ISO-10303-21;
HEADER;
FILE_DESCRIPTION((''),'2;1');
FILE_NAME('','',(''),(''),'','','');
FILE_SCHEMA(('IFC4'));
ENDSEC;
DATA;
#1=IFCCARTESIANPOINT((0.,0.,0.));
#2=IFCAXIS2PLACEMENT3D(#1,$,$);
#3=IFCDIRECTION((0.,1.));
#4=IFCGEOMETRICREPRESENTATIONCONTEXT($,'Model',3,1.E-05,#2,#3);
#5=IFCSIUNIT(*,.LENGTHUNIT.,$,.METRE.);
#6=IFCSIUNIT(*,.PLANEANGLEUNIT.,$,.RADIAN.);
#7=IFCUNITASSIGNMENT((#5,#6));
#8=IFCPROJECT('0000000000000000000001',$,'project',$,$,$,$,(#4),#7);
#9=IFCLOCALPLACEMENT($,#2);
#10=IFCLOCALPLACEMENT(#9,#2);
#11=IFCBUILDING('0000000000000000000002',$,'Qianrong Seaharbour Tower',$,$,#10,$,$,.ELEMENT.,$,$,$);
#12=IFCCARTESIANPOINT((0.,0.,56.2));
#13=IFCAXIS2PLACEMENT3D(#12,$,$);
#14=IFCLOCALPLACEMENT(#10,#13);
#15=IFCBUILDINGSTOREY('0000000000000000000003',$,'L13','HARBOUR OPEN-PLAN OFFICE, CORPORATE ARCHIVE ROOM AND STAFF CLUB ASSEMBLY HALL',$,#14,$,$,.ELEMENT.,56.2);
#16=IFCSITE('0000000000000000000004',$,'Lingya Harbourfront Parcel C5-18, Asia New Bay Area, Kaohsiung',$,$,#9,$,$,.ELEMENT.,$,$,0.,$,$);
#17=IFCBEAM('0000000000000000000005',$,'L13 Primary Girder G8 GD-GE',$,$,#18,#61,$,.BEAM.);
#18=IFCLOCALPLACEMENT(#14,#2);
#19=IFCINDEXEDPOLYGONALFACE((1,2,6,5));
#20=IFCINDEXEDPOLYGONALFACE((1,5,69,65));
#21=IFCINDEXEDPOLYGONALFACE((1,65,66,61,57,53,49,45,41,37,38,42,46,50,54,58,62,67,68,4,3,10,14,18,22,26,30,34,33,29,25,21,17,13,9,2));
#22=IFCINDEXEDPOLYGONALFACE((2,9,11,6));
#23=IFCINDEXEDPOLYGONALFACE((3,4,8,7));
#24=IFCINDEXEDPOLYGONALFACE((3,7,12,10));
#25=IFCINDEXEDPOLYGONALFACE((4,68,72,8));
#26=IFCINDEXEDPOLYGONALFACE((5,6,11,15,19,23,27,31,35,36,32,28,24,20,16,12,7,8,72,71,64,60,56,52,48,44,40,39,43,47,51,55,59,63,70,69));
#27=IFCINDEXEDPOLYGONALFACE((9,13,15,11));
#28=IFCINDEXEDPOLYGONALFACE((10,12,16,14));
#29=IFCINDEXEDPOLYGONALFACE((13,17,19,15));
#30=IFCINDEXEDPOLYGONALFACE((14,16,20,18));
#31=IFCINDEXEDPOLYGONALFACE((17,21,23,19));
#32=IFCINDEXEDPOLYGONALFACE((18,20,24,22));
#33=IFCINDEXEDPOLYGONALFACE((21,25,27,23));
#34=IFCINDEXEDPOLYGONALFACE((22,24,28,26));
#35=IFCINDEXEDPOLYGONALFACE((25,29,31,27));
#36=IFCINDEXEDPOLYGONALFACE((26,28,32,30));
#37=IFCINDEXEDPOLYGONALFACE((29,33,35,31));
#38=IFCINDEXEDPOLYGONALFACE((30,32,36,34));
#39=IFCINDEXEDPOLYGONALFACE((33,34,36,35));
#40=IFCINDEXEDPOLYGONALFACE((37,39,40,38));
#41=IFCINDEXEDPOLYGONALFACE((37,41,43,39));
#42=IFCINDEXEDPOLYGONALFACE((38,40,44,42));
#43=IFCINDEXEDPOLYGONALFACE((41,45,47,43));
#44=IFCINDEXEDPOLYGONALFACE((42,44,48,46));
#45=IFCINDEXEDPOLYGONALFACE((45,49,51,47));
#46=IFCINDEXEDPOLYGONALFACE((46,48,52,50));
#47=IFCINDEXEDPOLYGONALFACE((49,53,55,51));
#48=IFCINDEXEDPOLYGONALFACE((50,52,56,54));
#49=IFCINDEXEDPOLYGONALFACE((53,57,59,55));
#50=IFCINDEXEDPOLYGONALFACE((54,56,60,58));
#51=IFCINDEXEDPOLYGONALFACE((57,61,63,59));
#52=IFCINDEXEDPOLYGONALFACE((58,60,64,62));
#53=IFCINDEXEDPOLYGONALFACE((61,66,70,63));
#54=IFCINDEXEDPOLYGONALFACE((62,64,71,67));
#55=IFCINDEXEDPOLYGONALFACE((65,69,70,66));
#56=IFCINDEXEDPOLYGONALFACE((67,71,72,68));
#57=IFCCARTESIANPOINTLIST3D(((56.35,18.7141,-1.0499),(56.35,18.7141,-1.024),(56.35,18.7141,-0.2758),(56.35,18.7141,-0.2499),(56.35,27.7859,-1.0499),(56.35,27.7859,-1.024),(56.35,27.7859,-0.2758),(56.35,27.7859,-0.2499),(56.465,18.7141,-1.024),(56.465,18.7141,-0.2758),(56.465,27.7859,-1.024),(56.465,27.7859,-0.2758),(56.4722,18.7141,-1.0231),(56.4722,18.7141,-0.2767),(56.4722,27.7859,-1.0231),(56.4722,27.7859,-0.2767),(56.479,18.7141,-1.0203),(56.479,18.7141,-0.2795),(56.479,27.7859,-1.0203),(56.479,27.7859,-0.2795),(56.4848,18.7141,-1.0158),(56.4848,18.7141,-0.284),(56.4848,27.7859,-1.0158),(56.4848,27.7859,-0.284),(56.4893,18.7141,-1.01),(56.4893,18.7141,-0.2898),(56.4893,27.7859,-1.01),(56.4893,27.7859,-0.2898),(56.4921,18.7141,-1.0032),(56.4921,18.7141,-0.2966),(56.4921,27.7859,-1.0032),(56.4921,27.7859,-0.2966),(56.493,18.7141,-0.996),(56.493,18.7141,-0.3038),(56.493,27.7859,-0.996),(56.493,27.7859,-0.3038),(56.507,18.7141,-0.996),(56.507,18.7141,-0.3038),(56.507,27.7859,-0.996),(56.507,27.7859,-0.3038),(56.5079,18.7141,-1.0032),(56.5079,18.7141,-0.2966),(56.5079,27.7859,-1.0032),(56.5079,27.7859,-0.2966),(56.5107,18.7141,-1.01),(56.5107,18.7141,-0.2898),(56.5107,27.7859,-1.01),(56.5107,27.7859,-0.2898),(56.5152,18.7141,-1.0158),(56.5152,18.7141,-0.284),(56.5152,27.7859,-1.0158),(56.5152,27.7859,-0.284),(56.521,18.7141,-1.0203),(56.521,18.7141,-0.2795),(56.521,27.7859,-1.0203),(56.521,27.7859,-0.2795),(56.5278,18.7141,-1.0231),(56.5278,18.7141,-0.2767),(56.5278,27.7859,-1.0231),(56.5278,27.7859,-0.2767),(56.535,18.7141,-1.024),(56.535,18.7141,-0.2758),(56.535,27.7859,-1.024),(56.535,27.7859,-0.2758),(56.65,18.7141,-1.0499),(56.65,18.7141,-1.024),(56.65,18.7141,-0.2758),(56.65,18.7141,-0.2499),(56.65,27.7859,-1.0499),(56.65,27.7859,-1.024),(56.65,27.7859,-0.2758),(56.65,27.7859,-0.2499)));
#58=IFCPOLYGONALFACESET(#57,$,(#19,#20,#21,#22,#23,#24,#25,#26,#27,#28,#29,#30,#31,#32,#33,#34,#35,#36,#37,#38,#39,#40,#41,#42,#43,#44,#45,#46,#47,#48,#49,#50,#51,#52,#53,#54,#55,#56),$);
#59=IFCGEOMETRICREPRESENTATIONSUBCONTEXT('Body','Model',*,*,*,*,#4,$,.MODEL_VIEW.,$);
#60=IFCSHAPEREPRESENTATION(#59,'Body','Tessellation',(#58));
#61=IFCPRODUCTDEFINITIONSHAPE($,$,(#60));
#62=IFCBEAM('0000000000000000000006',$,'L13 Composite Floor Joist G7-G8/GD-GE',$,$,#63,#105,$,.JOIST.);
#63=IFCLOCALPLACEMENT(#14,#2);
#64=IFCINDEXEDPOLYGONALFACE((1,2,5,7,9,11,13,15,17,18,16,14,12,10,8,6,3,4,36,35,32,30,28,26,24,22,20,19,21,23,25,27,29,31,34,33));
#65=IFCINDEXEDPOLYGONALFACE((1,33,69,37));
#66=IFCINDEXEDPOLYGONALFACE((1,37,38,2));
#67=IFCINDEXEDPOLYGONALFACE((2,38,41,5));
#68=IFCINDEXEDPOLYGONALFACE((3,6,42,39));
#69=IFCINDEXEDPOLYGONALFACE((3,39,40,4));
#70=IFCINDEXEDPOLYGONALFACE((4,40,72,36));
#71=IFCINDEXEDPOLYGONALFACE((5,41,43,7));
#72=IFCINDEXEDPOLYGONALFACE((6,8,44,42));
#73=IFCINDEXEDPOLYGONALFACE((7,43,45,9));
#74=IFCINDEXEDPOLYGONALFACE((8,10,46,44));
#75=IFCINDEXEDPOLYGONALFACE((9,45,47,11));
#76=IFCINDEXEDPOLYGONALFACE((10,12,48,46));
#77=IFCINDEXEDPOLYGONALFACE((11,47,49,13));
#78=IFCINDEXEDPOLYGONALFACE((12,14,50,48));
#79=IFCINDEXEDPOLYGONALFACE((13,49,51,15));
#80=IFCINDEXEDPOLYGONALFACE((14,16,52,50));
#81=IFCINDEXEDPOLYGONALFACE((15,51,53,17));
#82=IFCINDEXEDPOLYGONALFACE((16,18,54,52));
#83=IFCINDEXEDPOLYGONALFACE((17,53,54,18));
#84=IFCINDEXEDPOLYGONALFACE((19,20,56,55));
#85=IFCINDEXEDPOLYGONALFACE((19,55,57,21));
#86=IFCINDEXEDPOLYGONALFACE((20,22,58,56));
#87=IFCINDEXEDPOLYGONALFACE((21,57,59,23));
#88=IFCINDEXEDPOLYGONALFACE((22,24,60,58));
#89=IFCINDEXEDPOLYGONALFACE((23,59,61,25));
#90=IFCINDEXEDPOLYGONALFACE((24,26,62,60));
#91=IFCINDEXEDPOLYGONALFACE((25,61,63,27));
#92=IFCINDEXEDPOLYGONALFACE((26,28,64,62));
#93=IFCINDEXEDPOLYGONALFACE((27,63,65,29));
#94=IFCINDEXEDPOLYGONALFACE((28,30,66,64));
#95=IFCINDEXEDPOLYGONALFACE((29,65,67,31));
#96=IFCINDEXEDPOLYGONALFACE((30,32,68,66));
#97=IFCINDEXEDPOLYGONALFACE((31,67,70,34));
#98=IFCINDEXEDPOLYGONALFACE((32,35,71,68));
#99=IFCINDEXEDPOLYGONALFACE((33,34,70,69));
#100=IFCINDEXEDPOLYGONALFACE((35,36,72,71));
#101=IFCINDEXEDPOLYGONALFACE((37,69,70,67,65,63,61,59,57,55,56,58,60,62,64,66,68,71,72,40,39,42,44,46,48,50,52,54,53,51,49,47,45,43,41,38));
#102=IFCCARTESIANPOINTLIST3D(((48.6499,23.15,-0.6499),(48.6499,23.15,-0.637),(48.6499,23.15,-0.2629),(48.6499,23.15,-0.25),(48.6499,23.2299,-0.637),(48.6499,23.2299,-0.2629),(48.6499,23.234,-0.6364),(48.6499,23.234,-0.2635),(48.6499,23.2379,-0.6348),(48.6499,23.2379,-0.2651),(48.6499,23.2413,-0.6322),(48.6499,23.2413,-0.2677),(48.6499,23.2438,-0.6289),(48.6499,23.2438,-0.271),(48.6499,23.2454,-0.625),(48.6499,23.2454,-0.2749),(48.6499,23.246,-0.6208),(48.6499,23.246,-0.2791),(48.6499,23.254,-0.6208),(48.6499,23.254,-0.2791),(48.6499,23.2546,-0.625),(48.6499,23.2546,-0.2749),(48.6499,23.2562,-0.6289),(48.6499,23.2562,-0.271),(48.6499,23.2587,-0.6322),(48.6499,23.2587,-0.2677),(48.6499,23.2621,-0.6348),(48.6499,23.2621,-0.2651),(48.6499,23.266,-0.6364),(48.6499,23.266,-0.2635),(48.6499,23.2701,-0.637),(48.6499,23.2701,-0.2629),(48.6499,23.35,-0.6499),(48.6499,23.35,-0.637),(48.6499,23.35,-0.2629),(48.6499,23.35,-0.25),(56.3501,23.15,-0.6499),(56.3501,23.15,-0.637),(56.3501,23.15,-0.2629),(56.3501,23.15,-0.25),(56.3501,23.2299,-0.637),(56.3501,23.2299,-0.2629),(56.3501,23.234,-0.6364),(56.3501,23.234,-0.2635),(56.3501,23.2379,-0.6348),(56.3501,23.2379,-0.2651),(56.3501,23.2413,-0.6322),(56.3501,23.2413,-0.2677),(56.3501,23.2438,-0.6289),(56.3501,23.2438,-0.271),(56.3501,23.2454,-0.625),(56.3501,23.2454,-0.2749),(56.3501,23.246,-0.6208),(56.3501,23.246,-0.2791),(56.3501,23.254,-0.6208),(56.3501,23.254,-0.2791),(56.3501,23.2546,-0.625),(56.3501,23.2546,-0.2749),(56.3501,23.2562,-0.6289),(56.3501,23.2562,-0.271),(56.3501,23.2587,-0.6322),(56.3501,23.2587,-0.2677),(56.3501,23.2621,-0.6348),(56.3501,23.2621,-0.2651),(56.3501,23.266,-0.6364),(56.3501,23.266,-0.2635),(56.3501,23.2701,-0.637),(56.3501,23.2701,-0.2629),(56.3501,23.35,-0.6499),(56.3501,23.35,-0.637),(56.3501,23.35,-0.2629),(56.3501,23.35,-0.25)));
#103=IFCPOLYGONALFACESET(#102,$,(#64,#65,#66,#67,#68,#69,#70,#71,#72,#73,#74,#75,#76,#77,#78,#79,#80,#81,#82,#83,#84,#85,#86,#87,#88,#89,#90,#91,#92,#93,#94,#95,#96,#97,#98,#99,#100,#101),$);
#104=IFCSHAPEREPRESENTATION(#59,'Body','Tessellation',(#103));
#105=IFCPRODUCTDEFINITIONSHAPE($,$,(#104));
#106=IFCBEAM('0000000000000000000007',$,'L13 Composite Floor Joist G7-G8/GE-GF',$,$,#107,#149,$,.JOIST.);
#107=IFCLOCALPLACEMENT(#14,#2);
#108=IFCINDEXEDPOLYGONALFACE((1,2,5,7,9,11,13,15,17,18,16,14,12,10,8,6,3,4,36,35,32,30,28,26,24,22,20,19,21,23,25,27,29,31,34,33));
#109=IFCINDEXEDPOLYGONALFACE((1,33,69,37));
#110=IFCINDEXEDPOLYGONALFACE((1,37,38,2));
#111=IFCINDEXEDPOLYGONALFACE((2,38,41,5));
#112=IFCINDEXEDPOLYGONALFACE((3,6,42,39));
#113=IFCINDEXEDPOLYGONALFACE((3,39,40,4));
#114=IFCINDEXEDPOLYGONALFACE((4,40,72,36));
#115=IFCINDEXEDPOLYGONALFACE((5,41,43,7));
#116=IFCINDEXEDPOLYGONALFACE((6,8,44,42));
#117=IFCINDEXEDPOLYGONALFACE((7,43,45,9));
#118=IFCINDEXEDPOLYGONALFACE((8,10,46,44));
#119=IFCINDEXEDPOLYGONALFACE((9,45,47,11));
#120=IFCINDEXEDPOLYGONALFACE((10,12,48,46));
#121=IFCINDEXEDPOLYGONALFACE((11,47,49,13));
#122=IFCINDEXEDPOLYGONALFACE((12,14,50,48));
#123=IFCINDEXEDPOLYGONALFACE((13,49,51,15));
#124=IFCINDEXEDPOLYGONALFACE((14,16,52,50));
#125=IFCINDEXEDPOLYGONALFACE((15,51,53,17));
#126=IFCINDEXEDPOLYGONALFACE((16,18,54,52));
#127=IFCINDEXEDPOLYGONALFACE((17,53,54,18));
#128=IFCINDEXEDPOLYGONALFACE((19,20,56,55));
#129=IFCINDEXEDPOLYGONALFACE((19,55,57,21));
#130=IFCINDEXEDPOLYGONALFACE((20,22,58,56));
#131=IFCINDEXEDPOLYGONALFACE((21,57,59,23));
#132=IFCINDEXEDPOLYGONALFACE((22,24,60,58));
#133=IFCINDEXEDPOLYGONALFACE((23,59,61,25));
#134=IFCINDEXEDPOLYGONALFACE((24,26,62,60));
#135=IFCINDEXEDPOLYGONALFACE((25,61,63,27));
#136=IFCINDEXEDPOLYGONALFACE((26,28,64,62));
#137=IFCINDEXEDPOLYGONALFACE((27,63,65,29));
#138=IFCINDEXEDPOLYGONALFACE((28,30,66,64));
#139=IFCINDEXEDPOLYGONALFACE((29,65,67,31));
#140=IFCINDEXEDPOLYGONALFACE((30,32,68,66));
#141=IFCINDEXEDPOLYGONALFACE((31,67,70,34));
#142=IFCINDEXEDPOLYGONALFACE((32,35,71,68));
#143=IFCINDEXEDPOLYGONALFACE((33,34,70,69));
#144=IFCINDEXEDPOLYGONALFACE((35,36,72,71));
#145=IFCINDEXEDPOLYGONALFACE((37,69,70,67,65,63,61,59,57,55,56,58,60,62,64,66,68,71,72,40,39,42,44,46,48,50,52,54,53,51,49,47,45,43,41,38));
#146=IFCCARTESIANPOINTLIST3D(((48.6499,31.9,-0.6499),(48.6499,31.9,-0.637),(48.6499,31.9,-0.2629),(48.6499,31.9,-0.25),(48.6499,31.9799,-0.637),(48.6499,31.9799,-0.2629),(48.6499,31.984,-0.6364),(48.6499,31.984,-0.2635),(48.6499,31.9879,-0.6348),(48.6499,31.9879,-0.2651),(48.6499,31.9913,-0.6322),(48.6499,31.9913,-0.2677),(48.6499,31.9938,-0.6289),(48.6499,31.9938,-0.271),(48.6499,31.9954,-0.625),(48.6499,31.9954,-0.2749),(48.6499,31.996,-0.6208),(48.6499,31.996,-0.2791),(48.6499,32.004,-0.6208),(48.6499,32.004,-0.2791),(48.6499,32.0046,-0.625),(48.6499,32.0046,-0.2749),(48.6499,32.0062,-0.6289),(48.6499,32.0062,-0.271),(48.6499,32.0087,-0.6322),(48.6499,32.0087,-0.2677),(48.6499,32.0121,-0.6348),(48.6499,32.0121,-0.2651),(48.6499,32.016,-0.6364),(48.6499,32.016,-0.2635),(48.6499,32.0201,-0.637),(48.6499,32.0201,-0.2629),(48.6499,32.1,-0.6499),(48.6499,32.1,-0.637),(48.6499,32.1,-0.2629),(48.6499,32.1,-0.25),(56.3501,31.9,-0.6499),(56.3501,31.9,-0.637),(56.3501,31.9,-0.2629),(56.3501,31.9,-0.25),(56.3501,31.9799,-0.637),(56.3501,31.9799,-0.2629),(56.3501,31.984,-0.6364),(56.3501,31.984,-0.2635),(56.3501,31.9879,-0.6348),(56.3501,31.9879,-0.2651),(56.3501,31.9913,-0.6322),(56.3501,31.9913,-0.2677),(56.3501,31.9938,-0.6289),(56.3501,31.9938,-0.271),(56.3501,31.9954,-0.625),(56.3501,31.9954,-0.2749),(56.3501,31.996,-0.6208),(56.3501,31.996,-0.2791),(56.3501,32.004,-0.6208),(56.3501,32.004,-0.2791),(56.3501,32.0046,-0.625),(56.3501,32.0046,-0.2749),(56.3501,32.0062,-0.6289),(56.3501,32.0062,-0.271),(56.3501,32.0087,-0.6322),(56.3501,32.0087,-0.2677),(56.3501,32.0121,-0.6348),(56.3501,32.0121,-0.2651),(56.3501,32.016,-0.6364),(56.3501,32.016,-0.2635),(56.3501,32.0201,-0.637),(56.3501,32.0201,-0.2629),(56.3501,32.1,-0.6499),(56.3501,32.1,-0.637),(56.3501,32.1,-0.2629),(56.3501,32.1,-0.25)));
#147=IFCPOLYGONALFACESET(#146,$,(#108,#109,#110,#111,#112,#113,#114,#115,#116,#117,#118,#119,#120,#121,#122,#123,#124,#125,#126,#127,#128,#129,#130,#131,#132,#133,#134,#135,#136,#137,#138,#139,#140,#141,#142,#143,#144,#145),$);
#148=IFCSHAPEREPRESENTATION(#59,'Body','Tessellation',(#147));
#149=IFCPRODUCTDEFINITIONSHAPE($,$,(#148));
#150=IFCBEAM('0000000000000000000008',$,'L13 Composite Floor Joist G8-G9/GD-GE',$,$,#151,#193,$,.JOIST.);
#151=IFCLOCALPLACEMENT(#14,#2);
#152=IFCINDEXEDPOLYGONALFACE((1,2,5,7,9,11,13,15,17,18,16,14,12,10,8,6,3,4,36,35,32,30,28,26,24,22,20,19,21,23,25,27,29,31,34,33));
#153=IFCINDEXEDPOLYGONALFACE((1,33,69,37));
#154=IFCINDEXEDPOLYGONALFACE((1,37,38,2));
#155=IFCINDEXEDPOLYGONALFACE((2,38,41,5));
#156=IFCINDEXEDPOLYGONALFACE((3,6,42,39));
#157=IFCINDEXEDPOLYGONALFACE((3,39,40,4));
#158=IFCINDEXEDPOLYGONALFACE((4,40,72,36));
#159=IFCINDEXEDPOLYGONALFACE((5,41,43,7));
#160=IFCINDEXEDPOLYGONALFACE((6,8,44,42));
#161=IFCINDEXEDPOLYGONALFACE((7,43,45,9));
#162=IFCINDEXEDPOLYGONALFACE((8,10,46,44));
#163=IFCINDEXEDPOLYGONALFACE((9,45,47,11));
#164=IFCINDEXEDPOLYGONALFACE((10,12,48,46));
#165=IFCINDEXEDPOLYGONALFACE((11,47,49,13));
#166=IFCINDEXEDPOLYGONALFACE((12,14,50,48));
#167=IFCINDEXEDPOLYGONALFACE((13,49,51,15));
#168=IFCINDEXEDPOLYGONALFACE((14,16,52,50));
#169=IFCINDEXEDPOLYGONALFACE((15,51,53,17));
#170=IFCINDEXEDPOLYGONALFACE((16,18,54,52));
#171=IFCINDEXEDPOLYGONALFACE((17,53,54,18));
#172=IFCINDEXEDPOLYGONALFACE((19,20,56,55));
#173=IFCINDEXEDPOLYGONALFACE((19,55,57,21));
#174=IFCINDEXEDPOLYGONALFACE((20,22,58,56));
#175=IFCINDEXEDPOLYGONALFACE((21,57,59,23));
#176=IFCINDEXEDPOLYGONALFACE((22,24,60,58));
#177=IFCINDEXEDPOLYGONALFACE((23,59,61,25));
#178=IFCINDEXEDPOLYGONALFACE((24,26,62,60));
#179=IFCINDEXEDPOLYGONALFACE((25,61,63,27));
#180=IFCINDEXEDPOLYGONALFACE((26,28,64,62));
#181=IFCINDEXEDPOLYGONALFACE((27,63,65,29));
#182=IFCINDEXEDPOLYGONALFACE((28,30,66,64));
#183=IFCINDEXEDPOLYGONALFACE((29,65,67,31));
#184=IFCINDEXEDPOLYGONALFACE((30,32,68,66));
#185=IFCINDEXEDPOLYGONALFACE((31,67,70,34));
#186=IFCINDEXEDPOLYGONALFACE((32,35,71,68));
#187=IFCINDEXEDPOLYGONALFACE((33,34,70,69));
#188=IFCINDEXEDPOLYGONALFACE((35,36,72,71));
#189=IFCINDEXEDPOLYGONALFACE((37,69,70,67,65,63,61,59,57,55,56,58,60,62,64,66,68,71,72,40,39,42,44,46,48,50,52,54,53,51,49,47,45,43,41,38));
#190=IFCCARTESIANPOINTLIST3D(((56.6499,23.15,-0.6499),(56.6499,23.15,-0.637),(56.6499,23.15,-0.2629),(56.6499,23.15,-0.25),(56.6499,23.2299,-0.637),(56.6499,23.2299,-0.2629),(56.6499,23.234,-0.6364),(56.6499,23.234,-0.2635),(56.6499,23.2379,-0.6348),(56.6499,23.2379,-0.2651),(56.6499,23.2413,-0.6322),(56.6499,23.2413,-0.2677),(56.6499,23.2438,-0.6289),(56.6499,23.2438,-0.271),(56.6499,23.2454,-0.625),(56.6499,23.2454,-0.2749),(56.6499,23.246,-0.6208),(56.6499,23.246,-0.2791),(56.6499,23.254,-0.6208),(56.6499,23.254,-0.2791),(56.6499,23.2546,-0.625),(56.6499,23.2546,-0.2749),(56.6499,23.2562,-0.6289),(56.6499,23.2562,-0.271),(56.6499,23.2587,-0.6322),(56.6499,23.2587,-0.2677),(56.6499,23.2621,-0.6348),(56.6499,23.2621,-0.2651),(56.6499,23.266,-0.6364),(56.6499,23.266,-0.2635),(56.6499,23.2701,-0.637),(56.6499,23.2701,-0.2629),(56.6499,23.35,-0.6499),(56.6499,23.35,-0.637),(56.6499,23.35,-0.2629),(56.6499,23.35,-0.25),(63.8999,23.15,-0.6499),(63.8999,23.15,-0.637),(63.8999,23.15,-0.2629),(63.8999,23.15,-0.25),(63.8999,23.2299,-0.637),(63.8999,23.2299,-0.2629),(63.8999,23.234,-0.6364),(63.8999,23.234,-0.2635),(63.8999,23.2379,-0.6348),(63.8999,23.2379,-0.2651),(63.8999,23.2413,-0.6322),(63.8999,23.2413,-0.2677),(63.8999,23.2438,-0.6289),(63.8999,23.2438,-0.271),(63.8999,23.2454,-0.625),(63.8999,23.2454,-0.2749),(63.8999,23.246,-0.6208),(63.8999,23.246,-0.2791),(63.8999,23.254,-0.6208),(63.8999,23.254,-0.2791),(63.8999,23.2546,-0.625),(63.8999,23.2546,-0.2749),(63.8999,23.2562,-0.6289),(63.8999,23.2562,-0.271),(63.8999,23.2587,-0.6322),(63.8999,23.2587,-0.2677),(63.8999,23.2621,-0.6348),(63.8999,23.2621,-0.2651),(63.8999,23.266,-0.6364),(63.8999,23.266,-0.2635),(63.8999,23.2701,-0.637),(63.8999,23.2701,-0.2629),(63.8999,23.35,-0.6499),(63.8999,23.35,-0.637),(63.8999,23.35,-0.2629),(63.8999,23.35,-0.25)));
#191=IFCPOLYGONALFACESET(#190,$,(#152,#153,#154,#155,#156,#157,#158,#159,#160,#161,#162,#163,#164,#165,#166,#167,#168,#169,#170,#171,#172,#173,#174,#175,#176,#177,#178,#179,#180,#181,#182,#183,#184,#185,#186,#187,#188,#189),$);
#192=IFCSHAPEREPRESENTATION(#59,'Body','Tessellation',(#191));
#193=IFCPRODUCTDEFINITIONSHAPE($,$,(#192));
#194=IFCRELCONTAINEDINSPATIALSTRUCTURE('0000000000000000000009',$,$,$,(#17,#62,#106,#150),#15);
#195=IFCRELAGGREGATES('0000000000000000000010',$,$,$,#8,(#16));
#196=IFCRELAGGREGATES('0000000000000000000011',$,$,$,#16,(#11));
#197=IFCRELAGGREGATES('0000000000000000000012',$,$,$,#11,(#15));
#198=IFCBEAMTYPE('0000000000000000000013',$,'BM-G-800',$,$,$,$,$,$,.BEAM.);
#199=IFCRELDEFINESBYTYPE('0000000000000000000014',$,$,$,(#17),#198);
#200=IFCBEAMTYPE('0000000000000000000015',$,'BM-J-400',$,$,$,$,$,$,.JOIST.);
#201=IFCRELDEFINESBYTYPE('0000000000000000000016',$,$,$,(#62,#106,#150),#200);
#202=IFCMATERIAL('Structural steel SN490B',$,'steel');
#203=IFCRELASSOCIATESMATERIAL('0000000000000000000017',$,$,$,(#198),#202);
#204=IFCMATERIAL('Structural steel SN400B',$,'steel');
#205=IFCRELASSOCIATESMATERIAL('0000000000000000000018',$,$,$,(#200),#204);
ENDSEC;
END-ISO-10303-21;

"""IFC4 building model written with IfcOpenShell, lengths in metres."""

from ifc_helpers import new_model, si_unit, direction, frame, origin, origin_2d, place, context, subcontext, project, spatial, i_section, extrude, material, material_profile, profile_set, type_object, element, save


model = new_model("IFC4")

# Units and contexts
model_context = context("Model", 3, precision=1e-05, world=origin(), true_north=direction((0.0, 1.0)))
body_context = subcontext(model_context, "Body", "Model", "MODEL_VIEW")
ifc_project = project(units=[si_unit("LENGTHUNIT", "METRE"), si_unit("PLANEANGLEUNIT", "RADIAN")], contexts=[model_context])

# Site, building, storey
site_placement = place(None, origin())
site = spatial("IfcSite", under=ifc_project, at=site_placement, Name="Lingya Harbourfront Parcel C5-18, Asia New Bay Area, Kaohsiung", CompositionType="ELEMENT", RefElevation=0.0)
building_placement = place(site_placement, origin())
building = spatial("IfcBuilding", under=site, at=building_placement, Name="Qianrong Seaharbour Tower", CompositionType="ELEMENT")
storey_placement = place(building_placement, frame((0.0, 0.0, 56.2)))
storey = spatial("IfcBuildingStorey", under=building, at=storey_placement, Name="L13", Description="HARBOUR OPEN-PLAN OFFICE, CORPORATE ARCHIVE ROOM AND STAFF CLUB ASSEMBLY HALL", CompositionType="ELEMENT", Elevation=56.2)

# Shared definitions
ifc_material_1 = material(Name="Structural steel SN490B", Category="steel")

# Beams
ifc_material_profile_1 = material_profile(ifc_material_1, i_section(OverallWidth=0.3, OverallDepth=0.8, WebThickness=0.0139, FlangeThickness=0.0259, FilletRadius=0.0281, at=origin_2d()), Name="H800x300x14x26")
ifc_profile_set_1 = profile_set([ifc_material_profile_1], Name="Structural steel SN490B")
beam_type_1 = type_object("IfcBeamType", Name="BM-G-800", PredefinedType="BEAM", material=ifc_profile_set_1)
for number, where, z_axis, x_axis, name in (
    (1, (56.5, 18.7141, -0.6499), (0.0, 1.0, 0.0), (-1.0, 0.0, 0.0), "L13 Primary Girder G8 GD-GE"),
):
    element("IfcBeam", number, at=place(storey_placement, frame(where, z_axis=z_axis, x_axis=x_axis)), inside=storey, type_object=beam_type_1, Name=name, PredefinedType="BEAM", context=body_context, shape_type="SweptSolid", body=[
        extrude(i_section(OverallWidth=0.3, OverallDepth=0.8, WebThickness=0.0139, FlangeThickness=0.0259, FilletRadius=0.0281, at=origin_2d()), origin(), (0.0, 0.0, 1.0), 9.0718),
    ])
ifc_material_2 = material(Name="Structural steel SN400B", Category="steel")
ifc_material_profile_2 = material_profile(ifc_material_2, i_section(OverallWidth=0.2, OverallDepth=0.3999, WebThickness=0.0081, FlangeThickness=0.0129, FilletRadius=0.0161, at=origin_2d()), Name="H400x200x8x13")
ifc_profile_set_2 = profile_set([ifc_material_profile_2], Name="Structural steel SN400B")
beam_type_2 = type_object("IfcBeamType", Name="BM-J-400", PredefinedType="JOIST", material=ifc_profile_set_2)
for number, where, z_axis, x_axis, name in (
    (2, (48.6499, 23.25, -0.45), (1.0, 0.0, 0.0), (0.0, 1.0, 0.0), "L13 Composite Floor Joist G7-G8/GD-GE"),
    (3, (48.6499, 32.0, -0.45), (1.0, 0.0, 0.0), (0.0, 1.0, 0.0), "L13 Composite Floor Joist G7-G8/GE-GF"),
):
    element("IfcBeam", number, at=place(storey_placement, frame(where, z_axis=z_axis, x_axis=x_axis)), inside=storey, type_object=beam_type_2, Name=name, PredefinedType="JOIST", context=body_context, shape_type="SweptSolid", body=[
        extrude(i_section(OverallWidth=0.2, OverallDepth=0.3999, WebThickness=0.0081, FlangeThickness=0.0129, FilletRadius=0.0161, at=origin_2d()), origin(), (0.0, 0.0, 1.0), 7.7002),
    ])
for number, where, z_axis, x_axis, name in (
    (4, (56.6499, 23.25, -0.45), (1.0, 0.0, 0.0), (0.0, 1.0, 0.0), "L13 Composite Floor Joist G8-G9/GD-GE"),
):
    element("IfcBeam", number, at=place(storey_placement, frame(where, z_axis=z_axis, x_axis=x_axis)), inside=storey, type_object=beam_type_2, Name=name, PredefinedType="JOIST", context=body_context, shape_type="SweptSolid", body=[
        extrude(i_section(OverallWidth=0.2, OverallDepth=0.3999, WebThickness=0.0081, FlangeThickness=0.0129, FilletRadius=0.0161, at=origin_2d()), origin(), (0.0, 0.0, 1.0), 7.25),
    ])

save(model, "model.ifc")
